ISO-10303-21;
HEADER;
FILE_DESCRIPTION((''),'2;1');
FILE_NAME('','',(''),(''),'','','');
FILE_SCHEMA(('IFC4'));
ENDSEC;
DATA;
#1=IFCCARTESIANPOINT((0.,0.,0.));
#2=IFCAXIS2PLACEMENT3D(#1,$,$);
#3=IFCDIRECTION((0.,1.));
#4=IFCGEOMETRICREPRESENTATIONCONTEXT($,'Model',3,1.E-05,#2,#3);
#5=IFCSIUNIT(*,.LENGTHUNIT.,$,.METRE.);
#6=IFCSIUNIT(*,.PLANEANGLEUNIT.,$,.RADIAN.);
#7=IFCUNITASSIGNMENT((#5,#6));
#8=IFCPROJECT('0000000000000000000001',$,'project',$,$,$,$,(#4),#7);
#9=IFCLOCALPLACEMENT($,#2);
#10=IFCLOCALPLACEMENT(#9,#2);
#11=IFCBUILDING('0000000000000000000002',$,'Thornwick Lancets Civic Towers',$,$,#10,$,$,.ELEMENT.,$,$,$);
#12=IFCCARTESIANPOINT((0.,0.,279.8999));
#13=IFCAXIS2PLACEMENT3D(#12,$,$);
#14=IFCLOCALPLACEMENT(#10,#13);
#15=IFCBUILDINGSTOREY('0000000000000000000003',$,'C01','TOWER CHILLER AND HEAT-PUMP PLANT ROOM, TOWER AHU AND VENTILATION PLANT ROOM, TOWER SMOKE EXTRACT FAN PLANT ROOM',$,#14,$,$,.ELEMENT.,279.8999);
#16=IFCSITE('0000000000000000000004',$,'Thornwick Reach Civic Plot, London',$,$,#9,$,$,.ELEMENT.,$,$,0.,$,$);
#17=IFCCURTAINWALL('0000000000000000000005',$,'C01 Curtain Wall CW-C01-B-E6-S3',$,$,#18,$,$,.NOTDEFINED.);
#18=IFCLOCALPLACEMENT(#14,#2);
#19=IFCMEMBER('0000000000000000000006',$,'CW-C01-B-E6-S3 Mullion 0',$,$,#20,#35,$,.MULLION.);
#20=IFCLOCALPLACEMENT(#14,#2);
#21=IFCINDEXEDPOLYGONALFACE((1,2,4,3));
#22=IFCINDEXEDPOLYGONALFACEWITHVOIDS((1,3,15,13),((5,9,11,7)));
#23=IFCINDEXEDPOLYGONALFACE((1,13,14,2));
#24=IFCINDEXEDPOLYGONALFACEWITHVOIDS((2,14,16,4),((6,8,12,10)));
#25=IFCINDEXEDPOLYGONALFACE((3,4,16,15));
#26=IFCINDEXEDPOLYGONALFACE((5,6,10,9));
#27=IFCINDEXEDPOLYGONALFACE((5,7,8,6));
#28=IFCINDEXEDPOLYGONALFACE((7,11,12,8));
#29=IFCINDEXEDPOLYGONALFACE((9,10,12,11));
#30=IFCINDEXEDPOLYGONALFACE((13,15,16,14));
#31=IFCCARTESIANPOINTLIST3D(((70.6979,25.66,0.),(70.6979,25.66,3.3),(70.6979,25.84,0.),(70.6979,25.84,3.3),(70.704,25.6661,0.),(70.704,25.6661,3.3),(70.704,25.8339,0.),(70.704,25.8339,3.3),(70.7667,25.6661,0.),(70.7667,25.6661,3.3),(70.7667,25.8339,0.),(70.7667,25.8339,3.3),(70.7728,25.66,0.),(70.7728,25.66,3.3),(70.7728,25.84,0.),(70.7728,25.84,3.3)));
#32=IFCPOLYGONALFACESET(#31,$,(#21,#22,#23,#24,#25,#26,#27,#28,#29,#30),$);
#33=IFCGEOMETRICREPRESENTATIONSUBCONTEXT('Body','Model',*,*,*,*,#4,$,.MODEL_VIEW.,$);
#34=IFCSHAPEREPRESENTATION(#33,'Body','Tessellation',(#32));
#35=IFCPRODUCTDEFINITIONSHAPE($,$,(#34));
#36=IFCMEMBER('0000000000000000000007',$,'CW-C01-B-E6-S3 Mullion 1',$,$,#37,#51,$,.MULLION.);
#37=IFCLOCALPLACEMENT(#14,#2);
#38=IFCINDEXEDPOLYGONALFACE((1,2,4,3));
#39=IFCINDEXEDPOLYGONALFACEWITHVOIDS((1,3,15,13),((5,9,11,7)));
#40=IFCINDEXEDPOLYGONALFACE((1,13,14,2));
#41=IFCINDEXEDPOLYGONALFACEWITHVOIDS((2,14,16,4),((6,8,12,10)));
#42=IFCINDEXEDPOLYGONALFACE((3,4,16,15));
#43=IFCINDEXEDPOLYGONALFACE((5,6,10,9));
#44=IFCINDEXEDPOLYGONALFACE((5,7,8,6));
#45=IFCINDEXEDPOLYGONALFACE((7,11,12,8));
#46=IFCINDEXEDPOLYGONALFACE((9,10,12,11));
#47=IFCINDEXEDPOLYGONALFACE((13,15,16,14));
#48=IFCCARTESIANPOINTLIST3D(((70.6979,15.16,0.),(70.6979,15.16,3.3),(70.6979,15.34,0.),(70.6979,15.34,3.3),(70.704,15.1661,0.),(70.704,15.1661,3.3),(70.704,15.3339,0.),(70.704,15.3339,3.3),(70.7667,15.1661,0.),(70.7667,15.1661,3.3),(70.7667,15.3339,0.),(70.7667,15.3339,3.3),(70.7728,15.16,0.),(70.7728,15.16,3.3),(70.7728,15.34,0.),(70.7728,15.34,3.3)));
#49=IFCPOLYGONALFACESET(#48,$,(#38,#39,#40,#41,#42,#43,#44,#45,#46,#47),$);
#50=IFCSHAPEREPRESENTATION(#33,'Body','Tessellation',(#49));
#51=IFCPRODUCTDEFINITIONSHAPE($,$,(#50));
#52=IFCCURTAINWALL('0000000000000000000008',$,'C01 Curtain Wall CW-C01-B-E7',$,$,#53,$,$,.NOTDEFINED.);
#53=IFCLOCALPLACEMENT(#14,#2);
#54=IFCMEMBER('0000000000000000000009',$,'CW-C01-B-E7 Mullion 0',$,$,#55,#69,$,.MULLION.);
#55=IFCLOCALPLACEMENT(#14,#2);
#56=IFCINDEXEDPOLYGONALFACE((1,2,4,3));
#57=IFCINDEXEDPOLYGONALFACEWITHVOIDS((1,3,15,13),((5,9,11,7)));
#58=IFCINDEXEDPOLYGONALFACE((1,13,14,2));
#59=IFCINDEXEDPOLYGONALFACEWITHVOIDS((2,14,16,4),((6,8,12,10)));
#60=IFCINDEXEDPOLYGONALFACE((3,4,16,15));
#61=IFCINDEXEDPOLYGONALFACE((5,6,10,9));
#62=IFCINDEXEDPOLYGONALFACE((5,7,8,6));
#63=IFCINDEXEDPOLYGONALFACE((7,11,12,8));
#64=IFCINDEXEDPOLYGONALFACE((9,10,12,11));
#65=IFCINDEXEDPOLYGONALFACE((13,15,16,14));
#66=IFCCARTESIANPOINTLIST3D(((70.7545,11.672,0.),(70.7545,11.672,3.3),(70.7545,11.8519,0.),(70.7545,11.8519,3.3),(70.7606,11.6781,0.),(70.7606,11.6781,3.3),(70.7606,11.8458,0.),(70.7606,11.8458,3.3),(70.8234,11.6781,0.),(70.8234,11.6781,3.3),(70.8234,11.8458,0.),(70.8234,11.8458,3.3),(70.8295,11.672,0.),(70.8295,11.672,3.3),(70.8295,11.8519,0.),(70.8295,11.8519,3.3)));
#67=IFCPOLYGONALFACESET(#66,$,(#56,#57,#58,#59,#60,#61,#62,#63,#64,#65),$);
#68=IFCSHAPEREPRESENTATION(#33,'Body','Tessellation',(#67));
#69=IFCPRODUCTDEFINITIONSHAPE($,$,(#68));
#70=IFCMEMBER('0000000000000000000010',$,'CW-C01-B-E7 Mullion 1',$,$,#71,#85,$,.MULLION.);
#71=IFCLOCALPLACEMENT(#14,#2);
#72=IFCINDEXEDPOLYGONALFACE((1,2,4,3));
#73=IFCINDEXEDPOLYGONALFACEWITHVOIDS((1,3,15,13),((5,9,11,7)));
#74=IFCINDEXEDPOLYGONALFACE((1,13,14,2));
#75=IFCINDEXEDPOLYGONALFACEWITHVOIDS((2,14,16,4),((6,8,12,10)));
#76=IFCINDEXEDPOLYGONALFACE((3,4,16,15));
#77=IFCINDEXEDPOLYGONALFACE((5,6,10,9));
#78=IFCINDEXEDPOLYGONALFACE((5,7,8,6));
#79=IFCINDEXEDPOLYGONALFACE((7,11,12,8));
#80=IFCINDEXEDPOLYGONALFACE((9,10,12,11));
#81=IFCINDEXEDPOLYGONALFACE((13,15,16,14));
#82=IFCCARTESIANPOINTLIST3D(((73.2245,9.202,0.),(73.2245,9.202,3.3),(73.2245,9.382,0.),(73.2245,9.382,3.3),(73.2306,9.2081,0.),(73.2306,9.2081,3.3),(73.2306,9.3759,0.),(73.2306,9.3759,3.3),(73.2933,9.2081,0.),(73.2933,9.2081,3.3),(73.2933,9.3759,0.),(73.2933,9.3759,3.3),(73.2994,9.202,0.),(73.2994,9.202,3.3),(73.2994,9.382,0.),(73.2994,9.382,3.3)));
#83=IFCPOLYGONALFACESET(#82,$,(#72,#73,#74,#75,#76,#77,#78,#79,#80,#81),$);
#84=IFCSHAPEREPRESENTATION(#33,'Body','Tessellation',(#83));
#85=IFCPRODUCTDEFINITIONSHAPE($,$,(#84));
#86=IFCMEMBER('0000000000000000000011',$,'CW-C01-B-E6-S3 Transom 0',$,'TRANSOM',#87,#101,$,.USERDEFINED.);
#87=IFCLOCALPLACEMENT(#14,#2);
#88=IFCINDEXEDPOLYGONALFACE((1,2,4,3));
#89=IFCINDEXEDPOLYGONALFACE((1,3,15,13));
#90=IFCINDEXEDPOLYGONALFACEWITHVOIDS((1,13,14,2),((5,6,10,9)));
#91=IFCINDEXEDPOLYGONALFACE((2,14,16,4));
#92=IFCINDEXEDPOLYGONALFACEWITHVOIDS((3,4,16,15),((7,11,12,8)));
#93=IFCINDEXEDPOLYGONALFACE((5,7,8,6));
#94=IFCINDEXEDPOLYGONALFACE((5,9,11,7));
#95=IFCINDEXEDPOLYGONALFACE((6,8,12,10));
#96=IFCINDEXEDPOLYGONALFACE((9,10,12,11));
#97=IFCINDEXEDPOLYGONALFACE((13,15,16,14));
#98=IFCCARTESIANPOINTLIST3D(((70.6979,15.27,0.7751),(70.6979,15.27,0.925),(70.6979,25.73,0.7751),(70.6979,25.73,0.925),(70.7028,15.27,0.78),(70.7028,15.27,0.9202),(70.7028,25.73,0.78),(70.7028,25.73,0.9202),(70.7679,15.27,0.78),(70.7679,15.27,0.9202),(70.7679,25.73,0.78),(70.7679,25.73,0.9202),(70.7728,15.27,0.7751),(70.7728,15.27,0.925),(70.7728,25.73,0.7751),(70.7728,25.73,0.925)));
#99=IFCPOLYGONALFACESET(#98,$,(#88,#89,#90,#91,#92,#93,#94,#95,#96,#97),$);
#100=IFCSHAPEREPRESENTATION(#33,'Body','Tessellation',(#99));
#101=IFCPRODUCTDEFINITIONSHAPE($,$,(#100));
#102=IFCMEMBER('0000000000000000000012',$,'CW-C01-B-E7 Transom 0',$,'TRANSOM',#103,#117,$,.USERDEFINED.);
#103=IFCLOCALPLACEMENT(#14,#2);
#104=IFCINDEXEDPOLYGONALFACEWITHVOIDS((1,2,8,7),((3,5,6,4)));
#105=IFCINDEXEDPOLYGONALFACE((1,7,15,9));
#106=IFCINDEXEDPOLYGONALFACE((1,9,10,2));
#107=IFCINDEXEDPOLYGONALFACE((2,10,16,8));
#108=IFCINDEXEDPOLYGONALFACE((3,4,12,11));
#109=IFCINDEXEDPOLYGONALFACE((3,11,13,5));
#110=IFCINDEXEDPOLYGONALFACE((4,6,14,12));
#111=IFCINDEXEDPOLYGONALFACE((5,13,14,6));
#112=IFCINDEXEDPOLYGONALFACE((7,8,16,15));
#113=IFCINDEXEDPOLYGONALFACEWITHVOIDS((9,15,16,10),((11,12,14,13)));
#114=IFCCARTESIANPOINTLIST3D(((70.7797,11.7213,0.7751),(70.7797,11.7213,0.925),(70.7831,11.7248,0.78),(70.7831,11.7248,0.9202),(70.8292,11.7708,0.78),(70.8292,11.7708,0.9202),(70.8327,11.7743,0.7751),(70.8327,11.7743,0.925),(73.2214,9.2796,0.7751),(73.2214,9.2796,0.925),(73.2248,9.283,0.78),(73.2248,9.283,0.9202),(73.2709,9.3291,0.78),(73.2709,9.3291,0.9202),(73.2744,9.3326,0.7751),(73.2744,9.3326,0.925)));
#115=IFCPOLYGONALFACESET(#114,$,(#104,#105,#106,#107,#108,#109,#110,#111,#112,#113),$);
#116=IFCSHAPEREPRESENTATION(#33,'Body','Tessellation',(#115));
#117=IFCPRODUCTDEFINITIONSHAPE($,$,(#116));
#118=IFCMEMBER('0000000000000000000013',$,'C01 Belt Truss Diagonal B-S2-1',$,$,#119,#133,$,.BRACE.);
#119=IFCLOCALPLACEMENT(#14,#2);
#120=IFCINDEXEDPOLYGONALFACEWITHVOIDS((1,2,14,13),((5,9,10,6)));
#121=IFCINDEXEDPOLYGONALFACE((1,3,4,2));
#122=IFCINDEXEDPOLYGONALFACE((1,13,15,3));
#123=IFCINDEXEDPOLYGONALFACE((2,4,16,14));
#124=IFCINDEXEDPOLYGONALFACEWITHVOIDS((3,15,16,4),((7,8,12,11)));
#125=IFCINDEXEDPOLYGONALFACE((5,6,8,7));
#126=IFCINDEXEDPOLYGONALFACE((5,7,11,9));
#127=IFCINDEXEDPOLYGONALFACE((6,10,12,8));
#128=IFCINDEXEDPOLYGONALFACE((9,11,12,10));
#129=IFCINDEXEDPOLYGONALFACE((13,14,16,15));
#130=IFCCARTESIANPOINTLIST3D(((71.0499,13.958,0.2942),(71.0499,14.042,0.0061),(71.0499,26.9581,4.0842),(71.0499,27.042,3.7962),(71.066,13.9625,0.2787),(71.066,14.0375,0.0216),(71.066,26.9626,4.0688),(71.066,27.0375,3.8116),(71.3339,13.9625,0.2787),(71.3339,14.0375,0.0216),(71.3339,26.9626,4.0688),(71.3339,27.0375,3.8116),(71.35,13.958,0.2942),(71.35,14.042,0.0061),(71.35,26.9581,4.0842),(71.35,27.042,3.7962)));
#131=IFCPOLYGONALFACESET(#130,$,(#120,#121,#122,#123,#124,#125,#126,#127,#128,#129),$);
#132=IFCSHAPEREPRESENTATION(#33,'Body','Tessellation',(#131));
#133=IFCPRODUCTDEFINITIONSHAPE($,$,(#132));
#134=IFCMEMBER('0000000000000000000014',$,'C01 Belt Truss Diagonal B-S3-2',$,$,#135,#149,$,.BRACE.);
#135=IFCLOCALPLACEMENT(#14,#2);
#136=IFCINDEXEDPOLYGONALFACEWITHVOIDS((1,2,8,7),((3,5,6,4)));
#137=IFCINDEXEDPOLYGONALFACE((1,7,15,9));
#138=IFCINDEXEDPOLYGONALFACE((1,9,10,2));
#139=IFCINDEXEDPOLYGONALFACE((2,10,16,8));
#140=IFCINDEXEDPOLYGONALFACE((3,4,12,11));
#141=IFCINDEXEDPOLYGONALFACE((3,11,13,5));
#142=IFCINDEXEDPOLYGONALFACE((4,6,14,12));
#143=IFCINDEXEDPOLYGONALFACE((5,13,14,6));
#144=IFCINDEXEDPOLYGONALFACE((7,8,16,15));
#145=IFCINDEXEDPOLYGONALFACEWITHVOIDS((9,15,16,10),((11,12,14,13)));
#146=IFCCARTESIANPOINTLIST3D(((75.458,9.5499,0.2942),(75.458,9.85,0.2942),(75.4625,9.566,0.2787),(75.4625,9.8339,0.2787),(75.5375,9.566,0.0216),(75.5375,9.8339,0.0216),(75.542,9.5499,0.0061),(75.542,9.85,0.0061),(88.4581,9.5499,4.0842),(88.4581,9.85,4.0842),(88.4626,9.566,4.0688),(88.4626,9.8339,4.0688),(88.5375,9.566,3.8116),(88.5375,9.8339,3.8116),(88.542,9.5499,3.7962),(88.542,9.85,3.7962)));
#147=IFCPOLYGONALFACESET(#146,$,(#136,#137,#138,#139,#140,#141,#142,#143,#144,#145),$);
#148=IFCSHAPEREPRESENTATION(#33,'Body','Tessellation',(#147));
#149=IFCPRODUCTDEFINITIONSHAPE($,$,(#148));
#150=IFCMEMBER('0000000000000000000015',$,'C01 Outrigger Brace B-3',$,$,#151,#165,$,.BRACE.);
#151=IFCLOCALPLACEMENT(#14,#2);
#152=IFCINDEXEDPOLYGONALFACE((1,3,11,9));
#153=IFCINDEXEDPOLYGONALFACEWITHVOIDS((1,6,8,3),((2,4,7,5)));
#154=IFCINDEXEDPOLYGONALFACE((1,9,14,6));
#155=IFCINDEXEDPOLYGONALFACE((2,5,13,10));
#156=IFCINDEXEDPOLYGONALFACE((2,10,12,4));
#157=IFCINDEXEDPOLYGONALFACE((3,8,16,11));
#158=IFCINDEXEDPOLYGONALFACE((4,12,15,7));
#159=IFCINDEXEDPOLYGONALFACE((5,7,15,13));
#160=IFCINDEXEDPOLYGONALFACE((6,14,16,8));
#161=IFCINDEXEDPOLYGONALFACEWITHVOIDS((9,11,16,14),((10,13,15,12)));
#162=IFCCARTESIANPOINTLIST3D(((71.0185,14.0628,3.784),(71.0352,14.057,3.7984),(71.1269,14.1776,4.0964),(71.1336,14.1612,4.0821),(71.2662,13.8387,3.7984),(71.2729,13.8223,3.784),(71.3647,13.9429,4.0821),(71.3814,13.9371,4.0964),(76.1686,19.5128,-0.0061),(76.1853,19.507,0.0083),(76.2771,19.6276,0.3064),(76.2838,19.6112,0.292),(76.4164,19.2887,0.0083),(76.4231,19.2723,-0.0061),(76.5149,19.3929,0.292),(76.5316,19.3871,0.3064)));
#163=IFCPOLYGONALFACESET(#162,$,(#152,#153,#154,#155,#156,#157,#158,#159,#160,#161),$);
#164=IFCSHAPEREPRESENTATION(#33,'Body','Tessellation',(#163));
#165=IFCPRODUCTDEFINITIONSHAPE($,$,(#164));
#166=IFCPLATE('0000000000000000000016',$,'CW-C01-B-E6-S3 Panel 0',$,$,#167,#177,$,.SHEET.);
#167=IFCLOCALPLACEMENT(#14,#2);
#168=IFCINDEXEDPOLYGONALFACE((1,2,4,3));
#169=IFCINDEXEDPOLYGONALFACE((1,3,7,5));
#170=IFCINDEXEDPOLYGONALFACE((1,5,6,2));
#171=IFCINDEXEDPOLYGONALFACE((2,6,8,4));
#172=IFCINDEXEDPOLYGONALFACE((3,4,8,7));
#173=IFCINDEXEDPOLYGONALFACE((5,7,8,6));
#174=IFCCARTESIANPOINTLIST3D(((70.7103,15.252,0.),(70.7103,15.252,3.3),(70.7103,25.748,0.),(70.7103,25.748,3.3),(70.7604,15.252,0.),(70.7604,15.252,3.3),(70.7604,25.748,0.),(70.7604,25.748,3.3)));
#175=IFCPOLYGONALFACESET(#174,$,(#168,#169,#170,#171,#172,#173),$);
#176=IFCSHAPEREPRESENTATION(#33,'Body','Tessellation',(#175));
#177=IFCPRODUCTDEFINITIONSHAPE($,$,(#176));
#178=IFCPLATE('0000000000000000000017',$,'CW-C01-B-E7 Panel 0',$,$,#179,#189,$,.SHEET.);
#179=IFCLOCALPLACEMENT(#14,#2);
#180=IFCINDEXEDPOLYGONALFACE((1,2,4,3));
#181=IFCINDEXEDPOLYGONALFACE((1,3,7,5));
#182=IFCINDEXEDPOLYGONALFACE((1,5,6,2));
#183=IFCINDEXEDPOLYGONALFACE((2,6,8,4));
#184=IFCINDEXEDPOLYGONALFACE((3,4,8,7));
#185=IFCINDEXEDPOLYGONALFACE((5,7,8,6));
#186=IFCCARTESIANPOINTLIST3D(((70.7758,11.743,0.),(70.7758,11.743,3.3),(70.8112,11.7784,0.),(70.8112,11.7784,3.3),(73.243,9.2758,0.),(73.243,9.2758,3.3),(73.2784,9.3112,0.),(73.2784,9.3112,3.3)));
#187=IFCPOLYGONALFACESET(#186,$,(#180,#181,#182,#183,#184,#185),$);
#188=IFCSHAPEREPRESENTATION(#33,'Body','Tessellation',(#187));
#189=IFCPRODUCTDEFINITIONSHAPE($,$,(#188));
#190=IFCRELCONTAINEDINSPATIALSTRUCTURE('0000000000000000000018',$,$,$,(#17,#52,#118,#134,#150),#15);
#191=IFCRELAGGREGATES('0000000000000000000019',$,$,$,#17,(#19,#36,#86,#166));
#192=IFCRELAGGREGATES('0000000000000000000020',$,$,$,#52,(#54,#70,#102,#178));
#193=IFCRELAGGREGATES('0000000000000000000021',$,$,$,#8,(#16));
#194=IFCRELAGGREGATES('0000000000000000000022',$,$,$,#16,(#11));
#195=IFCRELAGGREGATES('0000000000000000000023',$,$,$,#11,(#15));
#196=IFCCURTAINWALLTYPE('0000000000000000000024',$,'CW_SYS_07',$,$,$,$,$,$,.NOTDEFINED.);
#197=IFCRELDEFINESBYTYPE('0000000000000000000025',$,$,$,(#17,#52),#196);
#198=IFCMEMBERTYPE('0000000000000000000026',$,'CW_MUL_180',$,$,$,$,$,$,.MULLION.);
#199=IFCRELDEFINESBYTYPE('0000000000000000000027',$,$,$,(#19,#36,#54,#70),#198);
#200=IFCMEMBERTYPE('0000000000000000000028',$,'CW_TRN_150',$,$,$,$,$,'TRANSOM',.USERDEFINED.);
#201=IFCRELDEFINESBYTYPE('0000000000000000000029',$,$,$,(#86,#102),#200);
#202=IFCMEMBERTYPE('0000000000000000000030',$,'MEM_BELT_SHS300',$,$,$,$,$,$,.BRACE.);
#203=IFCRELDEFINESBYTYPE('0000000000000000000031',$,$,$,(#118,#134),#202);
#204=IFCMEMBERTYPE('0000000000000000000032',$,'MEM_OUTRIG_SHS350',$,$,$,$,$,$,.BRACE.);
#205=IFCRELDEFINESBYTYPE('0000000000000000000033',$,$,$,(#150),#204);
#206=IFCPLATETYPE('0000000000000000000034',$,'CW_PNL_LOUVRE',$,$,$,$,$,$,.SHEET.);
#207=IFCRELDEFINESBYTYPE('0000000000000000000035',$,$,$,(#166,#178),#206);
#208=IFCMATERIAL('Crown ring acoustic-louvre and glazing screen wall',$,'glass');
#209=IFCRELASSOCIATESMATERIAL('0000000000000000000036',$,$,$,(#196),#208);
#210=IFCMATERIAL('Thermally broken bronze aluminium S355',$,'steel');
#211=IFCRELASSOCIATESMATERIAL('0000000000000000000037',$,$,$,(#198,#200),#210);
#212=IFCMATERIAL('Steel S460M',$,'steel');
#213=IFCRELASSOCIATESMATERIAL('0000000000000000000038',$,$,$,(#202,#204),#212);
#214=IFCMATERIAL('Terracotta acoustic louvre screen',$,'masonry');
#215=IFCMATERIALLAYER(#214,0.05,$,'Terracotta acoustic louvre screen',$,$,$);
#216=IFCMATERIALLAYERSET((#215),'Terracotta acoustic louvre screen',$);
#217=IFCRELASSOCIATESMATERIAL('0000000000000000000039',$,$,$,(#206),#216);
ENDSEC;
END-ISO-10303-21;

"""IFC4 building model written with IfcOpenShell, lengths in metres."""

from ifc_helpers import new_model, si_unit, direction, frame, origin, origin_2d, place, context, subcontext, project, spatial, rectangle, hollow_rectangle, extrude, material, layer, layer_set, material_profile, profile_set, type_object, element, aggregate, save


model = new_model("IFC4")

# Units and contexts
model_context = context("Model", 3, precision=1e-05, world=origin(), true_north=direction((0.0, 1.0)))
body_context = subcontext(model_context, "Body", "Model", "MODEL_VIEW")
ifc_project = project(units=[si_unit("LENGTHUNIT", "METRE"), si_unit("PLANEANGLEUNIT", "RADIAN")], contexts=[model_context])

# Site, building, storey
site_placement = place(None, origin())
site = spatial("IfcSite", under=ifc_project, at=site_placement, Name="Thornwick Reach Civic Plot, London", CompositionType="ELEMENT", RefElevation=0.0)
building_placement = place(site_placement, origin())
building = spatial("IfcBuilding", under=site, at=building_placement, Name="Thornwick Lancets Civic Towers", CompositionType="ELEMENT")
storey_placement = place(building_placement, frame((0.0, 0.0, 279.8999)))
storey = spatial("IfcBuildingStorey", under=building, at=storey_placement, Name="C01", Description="TOWER CHILLER AND HEAT-PUMP PLANT ROOM, TOWER AHU AND VENTILATION PLANT ROOM, TOWER SMOKE EXTRACT FAN PLANT ROOM", CompositionType="ELEMENT", Elevation=279.8999)

# Shared definitions
ifc_material_1 = material(Name="Steel S460M", Category="steel")

# Curtain walls, members
ifc_material_2 = material(Name="Crown ring acoustic-louvre and glazing screen wall", Category="glass")
curtain_wall_type = type_object("IfcCurtainWallType", Name="CW_SYS_07", PredefinedType="NOTDEFINED", material=ifc_material_2)
curtain_wall_1_placement = place(storey_placement, origin())
curtain_wall_1 = element("IfcCurtainWall", 1, at=curtain_wall_1_placement, inside=storey, type_object=curtain_wall_type, Name="C01 Curtain Wall CW-C01-B-E6-S3", PredefinedType="NOTDEFINED")
ifc_material_3 = material(Name="Thermally broken bronze aluminium S355", Category="steel")
ifc_material_profile_1 = material_profile(ifc_material_3, hollow_rectangle(XDim=0.075, YDim=0.1799, WallThickness=0.0061, at=origin_2d()), Name="RHS 180x75x6")
ifc_profile_set_1 = profile_set([ifc_material_profile_1], Name="Thermally broken bronze aluminium S355")
member_type_1 = type_object("IfcMemberType", Name="CW_MUL_180", PredefinedType="MULLION", material=ifc_profile_set_1)
member_1_placement = place(storey_placement, frame((70.7354, 25.75, 0.0), z_axis=(0.0, 0.0, 1.0), x_axis=(1.0, 0.0, 0.0)))
member_1 = element("IfcMember", 2, at=member_1_placement, type_object=member_type_1, Name="CW-C01-B-E6-S3 Mullion 0", PredefinedType="MULLION", context=body_context, shape_type="SweptSolid", body=[
    extrude(hollow_rectangle(XDim=0.075, YDim=0.1799, WallThickness=0.0061, at=origin_2d()), origin(), (0.0, 0.0, 1.0), 3.3),
])
member_2_placement = place(storey_placement, frame((70.7354, 15.25, 0.0), z_axis=(0.0, 0.0, 1.0), x_axis=(1.0, 0.0, 0.0)))
member_2 = element("IfcMember", 3, at=member_2_placement, type_object=member_type_1, Name="CW-C01-B-E6-S3 Mullion 1", PredefinedType="MULLION", context=body_context, shape_type="SweptSolid", body=[
    extrude(hollow_rectangle(XDim=0.075, YDim=0.1799, WallThickness=0.0061, at=origin_2d()), origin(), (0.0, 0.0, 1.0), 3.3),
])
curtain_wall_2_placement = place(storey_placement, origin())
curtain_wall_2 = element("IfcCurtainWall", 4, at=curtain_wall_2_placement, inside=storey, type_object=curtain_wall_type, Name="C01 Curtain Wall CW-C01-B-E7", PredefinedType="NOTDEFINED")
member_3_placement = place(storey_placement, frame((70.792, 11.762, 0.0), z_axis=(0.0, 0.0, 1.0), x_axis=(1.0, 0.0, 0.0)))
member_3 = element("IfcMember", 5, at=member_3_placement, type_object=member_type_1, Name="CW-C01-B-E7 Mullion 0", PredefinedType="MULLION", context=body_context, shape_type="SweptSolid", body=[
    extrude(hollow_rectangle(XDim=0.075, YDim=0.1799, WallThickness=0.0061, at=origin_2d()), origin(), (0.0, 0.0, 1.0), 3.3),
])
member_4_placement = place(storey_placement, frame((73.262, 9.292, 0.0), z_axis=(0.0, 0.0, 1.0), x_axis=(1.0, 0.0, 0.0)))
member_4 = element("IfcMember", 6, at=member_4_placement, type_object=member_type_1, Name="CW-C01-B-E7 Mullion 1", PredefinedType="MULLION", context=body_context, shape_type="SweptSolid", body=[
    extrude(hollow_rectangle(XDim=0.075, YDim=0.1799, WallThickness=0.0061, at=origin_2d()), origin(), (0.0, 0.0, 1.0), 3.3),
])

# Members
ifc_material_profile_2 = material_profile(ifc_material_3, hollow_rectangle(XDim=0.075, YDim=0.1499, WallThickness=0.0049, at=origin_2d()), Name="RHS 150x75x5")
ifc_profile_set_2 = profile_set([ifc_material_profile_2], Name="Thermally broken bronze aluminium S355")
member_type_2 = type_object("IfcMemberType", Name="CW_TRN_150", ElementType="TRANSOM", PredefinedType="USERDEFINED", material=ifc_profile_set_2)
member_5_placement = place(storey_placement, frame((70.7354, 25.73, 0.8501), z_axis=(0.0, -1.0, 0.0), x_axis=(1.0, 0.0, 0.0)))
member_5 = element("IfcMember", 7, at=member_5_placement, type_object=member_type_2, Name="CW-C01-B-E6-S3 Transom 0", ObjectType="TRANSOM", PredefinedType="USERDEFINED", context=body_context, shape_type="SweptSolid", body=[
    extrude(hollow_rectangle(XDim=0.075, YDim=0.1499, WallThickness=0.0049, at=origin_2d()), origin(), (0.0, 0.0, 1.0), 10.46),
])
member_6_placement = place(storey_placement, frame((70.8062, 11.7478, 0.8501), z_axis=(0.707107, -0.707107, 0.0), x_axis=(0.707107, 0.707107, 0.0)))
member_6 = element("IfcMember", 8, at=member_6_placement, type_object=member_type_2, Name="CW-C01-B-E7 Transom 0", ObjectType="TRANSOM", PredefinedType="USERDEFINED", context=body_context, shape_type="SweptSolid", body=[
    extrude(hollow_rectangle(XDim=0.075, YDim=0.1499, WallThickness=0.0049, at=origin_2d()), origin(), (0.0, 0.0, 1.0), 3.4531),
])

# Members
ifc_material_profile_3 = material_profile(ifc_material_1, hollow_rectangle(XDim=0.3, YDim=0.3, WallThickness=0.0161, at=origin_2d()), Name="SHS 300x300x16")
ifc_profile_set_3 = profile_set([ifc_material_profile_3], Name="Steel S460M")
member_type_3 = type_object("IfcMemberType", Name="MEM_BELT_SHS300", PredefinedType="BRACE", material=ifc_profile_set_3)
for number, where, z_axis, x_axis, name in (
    (9, (71.2, 14.0, 0.1501), (0.0, 0.960032, 0.279889), (-1.0, 0.0, 0.0), "C01 Belt Truss Diagonal B-S2-1"),
    (10, (75.5, 9.7, 0.1501), (0.960032, 0.0, 0.279889), (0.0, 1.0, 0.0), "C01 Belt Truss Diagonal B-S3-2"),
):
    element("IfcMember", number, at=place(storey_placement, frame(where, z_axis=z_axis, x_axis=x_axis)), inside=storey, type_object=member_type_3, Name=name, PredefinedType="BRACE", context=body_context, shape_type="SweptSolid", body=[
        extrude(hollow_rectangle(XDim=0.3, YDim=0.3, WallThickness=0.0161, at=origin_2d()), origin(), (0.0, 0.0, 1.0), 13.5413),
    ])
ifc_material_profile_4 = material_profile(ifc_material_1, hollow_rectangle(XDim=0.3501, YDim=0.3501, WallThickness=0.0161, at=origin_2d()), Name="SHS 350x350x16")
ifc_profile_set_4 = profile_set([ifc_material_profile_4], Name="Steel S460M")
member_type_4 = type_object("IfcMemberType", Name="MEM_OUTRIG_SHS350", PredefinedType="BRACE", material=ifc_profile_set_4)
member_7_placement = place(storey_placement, frame((76.3501, 19.45, 0.1501), z_axis=(-0.612981, -0.648664, 0.451098), x_axis=(0.726815, -0.686833, 0.0)))
element("IfcMember", 11, at=member_7_placement, inside=storey, type_object=member_type_4, Name="C01 Outrigger Brace B-3", PredefinedType="BRACE", context=body_context, shape_type="SweptSolid", body=[
    extrude(hollow_rectangle(XDim=0.3501, YDim=0.3501, WallThickness=0.0161, at=origin_2d()), origin(), (0.0, 0.0, 1.0), 8.4019),
])

# Plates
ifc_material_4 = material(Name="Terracotta acoustic louvre screen", Category="masonry")
ifc_layer_1 = layer(ifc_material_4, 0.05, Name="Terracotta acoustic louvre screen")
ifc_layer_set_1 = layer_set([ifc_layer_1], Name="Terracotta acoustic louvre screen")
plate_type_1 = type_object("IfcPlateType", Name="CW_PNL_LOUVRE", PredefinedType="SHEET", material=ifc_layer_set_1)
plate_1_placement = place(storey_placement, frame((70.7354, 20.5, 0.0), z_axis=(0.0, 0.0, 1.0), x_axis=(0.0, -1.0, 0.0)))
plate_1 = element("IfcPlate", 12, at=plate_1_placement, type_object=plate_type_1, Name="CW-C01-B-E6-S3 Panel 0", PredefinedType="SHEET", context=body_context, shape_type="SweptSolid", body=[
    extrude(rectangle(XDim=10.4961, YDim=0.05, at=origin_2d()), origin(), (0.0, 0.0, 1.0), 3.3),
])
aggregate(curtain_wall_1, [member_1, member_2, member_5, plate_1])
plate_2_placement = place(storey_placement, frame((72.0271, 10.5271, 0.0), z_axis=(0.0, 0.0, 1.0), x_axis=(0.707107, -0.707107, 0.0)))
plate_2 = element("IfcPlate", 13, at=plate_2_placement, type_object=plate_type_1, Name="CW-C01-B-E7 Panel 0", PredefinedType="SHEET", context=body_context, shape_type="SweptSolid", body=[
    extrude(rectangle(XDim=3.4893, YDim=0.05, at=origin_2d()), origin(), (0.0, 0.0, 1.0), 3.3),
])
aggregate(curtain_wall_2, [member_3, member_4, member_6, plate_2])

save(model, "model.ifc")
